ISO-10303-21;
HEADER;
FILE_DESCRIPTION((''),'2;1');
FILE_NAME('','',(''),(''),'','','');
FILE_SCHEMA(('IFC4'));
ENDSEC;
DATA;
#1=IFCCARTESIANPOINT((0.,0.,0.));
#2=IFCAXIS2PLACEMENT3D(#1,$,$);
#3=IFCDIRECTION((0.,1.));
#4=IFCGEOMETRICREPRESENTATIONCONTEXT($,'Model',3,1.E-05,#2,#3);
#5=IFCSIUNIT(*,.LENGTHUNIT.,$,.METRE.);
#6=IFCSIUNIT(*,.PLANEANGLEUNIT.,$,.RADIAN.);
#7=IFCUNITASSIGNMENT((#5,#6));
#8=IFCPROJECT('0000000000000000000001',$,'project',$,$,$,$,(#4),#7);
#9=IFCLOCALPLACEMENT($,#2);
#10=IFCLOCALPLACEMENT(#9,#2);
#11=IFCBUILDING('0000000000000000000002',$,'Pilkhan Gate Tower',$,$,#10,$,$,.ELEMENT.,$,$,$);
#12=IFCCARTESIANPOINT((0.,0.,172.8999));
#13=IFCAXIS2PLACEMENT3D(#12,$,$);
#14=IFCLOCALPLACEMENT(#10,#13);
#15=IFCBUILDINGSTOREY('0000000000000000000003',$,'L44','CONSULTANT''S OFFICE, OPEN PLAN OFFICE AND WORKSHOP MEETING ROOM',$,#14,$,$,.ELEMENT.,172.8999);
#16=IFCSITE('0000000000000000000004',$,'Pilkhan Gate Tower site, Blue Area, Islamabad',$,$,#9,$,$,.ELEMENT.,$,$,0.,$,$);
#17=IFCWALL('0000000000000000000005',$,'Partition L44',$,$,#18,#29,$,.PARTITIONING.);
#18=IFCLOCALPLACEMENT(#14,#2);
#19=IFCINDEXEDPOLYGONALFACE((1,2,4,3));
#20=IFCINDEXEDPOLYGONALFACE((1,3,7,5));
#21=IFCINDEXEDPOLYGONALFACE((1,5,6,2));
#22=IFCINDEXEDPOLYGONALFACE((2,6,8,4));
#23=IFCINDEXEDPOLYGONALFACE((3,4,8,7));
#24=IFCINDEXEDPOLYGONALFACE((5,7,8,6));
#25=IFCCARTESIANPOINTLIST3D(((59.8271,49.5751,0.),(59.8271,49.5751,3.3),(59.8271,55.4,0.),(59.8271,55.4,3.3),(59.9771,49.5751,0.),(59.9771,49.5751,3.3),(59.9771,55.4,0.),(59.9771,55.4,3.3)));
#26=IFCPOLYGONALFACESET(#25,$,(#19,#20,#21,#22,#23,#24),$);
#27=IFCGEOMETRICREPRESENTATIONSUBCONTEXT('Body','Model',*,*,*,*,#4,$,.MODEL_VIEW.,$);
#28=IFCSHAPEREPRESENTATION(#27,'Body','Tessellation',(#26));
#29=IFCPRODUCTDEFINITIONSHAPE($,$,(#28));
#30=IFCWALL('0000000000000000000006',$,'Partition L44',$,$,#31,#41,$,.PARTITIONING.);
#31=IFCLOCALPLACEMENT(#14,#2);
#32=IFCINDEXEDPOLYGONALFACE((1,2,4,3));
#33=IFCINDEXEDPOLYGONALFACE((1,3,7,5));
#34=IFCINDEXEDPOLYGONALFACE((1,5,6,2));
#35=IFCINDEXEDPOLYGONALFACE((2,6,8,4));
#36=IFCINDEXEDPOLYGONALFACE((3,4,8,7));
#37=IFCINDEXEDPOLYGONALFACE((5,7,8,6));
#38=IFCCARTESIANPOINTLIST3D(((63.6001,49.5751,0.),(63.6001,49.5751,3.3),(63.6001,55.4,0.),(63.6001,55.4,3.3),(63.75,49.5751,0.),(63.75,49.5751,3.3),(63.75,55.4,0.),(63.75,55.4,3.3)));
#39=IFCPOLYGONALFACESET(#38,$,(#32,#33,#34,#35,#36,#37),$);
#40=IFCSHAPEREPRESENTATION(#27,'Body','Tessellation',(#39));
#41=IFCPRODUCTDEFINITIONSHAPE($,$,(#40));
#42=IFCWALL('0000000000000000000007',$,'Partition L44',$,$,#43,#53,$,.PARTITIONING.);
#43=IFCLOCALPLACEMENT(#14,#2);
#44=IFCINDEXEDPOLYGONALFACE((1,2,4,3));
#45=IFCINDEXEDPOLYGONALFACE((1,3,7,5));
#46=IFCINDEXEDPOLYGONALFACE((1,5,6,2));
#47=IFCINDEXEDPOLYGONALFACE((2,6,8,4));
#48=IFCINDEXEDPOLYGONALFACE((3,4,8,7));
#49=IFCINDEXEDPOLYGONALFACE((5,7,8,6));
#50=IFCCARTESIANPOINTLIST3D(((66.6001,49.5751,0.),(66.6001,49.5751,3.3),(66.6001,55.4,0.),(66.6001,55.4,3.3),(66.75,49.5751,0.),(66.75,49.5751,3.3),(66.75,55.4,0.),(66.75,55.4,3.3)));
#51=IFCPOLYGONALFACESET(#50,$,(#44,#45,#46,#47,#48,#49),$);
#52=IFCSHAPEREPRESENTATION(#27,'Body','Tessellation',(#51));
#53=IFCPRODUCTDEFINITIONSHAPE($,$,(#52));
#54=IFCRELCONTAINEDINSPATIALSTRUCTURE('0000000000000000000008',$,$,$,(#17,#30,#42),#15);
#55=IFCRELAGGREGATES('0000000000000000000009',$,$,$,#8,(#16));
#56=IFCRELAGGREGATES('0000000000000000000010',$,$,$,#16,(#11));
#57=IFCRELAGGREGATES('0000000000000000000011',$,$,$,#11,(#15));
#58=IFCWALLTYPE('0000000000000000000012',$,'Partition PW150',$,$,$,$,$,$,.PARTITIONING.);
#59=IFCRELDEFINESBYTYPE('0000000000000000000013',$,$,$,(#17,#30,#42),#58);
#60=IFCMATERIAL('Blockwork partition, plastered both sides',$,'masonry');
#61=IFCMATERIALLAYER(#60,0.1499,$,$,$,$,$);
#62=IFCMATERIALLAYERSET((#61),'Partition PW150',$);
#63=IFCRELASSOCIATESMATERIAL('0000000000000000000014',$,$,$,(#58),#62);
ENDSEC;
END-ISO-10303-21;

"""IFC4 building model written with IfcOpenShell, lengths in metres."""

from ifc_helpers import new_model, si_unit, direction, frame, frame_2d, origin, place, context, subcontext, project, spatial, rectangle, extrude, material, layer, layer_set, type_object, element, save


model = new_model("IFC4")

# Units and contexts
model_context = context("Model", 3, precision=1e-05, world=origin(), true_north=direction((0.0, 1.0)))
body_context = subcontext(model_context, "Body", "Model", "MODEL_VIEW")
ifc_project = project(units=[si_unit("LENGTHUNIT", "METRE"), si_unit("PLANEANGLEUNIT", "RADIAN")], contexts=[model_context])

# Site, building, storey
site_placement = place(None, origin())
site = spatial("IfcSite", under=ifc_project, at=site_placement, Name="Pilkhan Gate Tower site, Blue Area, Islamabad", CompositionType="ELEMENT", RefElevation=0.0)
building_placement = place(site_placement, origin())
building = spatial("IfcBuilding", under=site, at=building_placement, Name="Pilkhan Gate Tower", CompositionType="ELEMENT")
storey_placement = place(building_placement, frame((0.0, 0.0, 172.8999)))
storey = spatial("IfcBuildingStorey", under=building, at=storey_placement, Name="L44", Description="CONSULTANT'S OFFICE, OPEN PLAN OFFICE AND WORKSHOP MEETING ROOM", CompositionType="ELEMENT", Elevation=172.8999)

# Walls
ifc_material_1 = material(Name="Blockwork partition, plastered both sides", Category="masonry")
ifc_layer_1 = layer(ifc_material_1, 0.1499)
ifc_layer_set_1 = layer_set([ifc_layer_1], Name="Partition PW150")
wall_type = type_object("IfcWallType", Name="Partition PW150", PredefinedType="PARTITIONING", material=ifc_layer_set_1)
for number, where, z_axis, x_axis, name in (
    (1, (59.9021, 49.575, 0.0), (0.0, 0.0, 1.0), (0.0, 1.0, 0.0), "Partition L44"),
    (2, (63.675, 49.575, 0.0), (0.0, 0.0, 1.0), (0.0, 1.0, 0.0), "Partition L44"),
    (3, (66.675, 49.575, 0.0), (0.0, 0.0, 1.0), (0.0, 1.0, 0.0), "Partition L44"),
):
    element("IfcWall", number, at=place(storey_placement, frame(where, z_axis=z_axis, x_axis=x_axis)), inside=storey, type_object=wall_type, Name=name, PredefinedType="PARTITIONING", context=body_context, shape_type="SweptSolid", body=[
        extrude(rectangle(XDim=5.825, YDim=0.1499, at=frame_2d((2.9126, 0.0))), origin(), (0.0, 0.0, 1.0), 3.3),
    ])

save(model, "model.ifc")
